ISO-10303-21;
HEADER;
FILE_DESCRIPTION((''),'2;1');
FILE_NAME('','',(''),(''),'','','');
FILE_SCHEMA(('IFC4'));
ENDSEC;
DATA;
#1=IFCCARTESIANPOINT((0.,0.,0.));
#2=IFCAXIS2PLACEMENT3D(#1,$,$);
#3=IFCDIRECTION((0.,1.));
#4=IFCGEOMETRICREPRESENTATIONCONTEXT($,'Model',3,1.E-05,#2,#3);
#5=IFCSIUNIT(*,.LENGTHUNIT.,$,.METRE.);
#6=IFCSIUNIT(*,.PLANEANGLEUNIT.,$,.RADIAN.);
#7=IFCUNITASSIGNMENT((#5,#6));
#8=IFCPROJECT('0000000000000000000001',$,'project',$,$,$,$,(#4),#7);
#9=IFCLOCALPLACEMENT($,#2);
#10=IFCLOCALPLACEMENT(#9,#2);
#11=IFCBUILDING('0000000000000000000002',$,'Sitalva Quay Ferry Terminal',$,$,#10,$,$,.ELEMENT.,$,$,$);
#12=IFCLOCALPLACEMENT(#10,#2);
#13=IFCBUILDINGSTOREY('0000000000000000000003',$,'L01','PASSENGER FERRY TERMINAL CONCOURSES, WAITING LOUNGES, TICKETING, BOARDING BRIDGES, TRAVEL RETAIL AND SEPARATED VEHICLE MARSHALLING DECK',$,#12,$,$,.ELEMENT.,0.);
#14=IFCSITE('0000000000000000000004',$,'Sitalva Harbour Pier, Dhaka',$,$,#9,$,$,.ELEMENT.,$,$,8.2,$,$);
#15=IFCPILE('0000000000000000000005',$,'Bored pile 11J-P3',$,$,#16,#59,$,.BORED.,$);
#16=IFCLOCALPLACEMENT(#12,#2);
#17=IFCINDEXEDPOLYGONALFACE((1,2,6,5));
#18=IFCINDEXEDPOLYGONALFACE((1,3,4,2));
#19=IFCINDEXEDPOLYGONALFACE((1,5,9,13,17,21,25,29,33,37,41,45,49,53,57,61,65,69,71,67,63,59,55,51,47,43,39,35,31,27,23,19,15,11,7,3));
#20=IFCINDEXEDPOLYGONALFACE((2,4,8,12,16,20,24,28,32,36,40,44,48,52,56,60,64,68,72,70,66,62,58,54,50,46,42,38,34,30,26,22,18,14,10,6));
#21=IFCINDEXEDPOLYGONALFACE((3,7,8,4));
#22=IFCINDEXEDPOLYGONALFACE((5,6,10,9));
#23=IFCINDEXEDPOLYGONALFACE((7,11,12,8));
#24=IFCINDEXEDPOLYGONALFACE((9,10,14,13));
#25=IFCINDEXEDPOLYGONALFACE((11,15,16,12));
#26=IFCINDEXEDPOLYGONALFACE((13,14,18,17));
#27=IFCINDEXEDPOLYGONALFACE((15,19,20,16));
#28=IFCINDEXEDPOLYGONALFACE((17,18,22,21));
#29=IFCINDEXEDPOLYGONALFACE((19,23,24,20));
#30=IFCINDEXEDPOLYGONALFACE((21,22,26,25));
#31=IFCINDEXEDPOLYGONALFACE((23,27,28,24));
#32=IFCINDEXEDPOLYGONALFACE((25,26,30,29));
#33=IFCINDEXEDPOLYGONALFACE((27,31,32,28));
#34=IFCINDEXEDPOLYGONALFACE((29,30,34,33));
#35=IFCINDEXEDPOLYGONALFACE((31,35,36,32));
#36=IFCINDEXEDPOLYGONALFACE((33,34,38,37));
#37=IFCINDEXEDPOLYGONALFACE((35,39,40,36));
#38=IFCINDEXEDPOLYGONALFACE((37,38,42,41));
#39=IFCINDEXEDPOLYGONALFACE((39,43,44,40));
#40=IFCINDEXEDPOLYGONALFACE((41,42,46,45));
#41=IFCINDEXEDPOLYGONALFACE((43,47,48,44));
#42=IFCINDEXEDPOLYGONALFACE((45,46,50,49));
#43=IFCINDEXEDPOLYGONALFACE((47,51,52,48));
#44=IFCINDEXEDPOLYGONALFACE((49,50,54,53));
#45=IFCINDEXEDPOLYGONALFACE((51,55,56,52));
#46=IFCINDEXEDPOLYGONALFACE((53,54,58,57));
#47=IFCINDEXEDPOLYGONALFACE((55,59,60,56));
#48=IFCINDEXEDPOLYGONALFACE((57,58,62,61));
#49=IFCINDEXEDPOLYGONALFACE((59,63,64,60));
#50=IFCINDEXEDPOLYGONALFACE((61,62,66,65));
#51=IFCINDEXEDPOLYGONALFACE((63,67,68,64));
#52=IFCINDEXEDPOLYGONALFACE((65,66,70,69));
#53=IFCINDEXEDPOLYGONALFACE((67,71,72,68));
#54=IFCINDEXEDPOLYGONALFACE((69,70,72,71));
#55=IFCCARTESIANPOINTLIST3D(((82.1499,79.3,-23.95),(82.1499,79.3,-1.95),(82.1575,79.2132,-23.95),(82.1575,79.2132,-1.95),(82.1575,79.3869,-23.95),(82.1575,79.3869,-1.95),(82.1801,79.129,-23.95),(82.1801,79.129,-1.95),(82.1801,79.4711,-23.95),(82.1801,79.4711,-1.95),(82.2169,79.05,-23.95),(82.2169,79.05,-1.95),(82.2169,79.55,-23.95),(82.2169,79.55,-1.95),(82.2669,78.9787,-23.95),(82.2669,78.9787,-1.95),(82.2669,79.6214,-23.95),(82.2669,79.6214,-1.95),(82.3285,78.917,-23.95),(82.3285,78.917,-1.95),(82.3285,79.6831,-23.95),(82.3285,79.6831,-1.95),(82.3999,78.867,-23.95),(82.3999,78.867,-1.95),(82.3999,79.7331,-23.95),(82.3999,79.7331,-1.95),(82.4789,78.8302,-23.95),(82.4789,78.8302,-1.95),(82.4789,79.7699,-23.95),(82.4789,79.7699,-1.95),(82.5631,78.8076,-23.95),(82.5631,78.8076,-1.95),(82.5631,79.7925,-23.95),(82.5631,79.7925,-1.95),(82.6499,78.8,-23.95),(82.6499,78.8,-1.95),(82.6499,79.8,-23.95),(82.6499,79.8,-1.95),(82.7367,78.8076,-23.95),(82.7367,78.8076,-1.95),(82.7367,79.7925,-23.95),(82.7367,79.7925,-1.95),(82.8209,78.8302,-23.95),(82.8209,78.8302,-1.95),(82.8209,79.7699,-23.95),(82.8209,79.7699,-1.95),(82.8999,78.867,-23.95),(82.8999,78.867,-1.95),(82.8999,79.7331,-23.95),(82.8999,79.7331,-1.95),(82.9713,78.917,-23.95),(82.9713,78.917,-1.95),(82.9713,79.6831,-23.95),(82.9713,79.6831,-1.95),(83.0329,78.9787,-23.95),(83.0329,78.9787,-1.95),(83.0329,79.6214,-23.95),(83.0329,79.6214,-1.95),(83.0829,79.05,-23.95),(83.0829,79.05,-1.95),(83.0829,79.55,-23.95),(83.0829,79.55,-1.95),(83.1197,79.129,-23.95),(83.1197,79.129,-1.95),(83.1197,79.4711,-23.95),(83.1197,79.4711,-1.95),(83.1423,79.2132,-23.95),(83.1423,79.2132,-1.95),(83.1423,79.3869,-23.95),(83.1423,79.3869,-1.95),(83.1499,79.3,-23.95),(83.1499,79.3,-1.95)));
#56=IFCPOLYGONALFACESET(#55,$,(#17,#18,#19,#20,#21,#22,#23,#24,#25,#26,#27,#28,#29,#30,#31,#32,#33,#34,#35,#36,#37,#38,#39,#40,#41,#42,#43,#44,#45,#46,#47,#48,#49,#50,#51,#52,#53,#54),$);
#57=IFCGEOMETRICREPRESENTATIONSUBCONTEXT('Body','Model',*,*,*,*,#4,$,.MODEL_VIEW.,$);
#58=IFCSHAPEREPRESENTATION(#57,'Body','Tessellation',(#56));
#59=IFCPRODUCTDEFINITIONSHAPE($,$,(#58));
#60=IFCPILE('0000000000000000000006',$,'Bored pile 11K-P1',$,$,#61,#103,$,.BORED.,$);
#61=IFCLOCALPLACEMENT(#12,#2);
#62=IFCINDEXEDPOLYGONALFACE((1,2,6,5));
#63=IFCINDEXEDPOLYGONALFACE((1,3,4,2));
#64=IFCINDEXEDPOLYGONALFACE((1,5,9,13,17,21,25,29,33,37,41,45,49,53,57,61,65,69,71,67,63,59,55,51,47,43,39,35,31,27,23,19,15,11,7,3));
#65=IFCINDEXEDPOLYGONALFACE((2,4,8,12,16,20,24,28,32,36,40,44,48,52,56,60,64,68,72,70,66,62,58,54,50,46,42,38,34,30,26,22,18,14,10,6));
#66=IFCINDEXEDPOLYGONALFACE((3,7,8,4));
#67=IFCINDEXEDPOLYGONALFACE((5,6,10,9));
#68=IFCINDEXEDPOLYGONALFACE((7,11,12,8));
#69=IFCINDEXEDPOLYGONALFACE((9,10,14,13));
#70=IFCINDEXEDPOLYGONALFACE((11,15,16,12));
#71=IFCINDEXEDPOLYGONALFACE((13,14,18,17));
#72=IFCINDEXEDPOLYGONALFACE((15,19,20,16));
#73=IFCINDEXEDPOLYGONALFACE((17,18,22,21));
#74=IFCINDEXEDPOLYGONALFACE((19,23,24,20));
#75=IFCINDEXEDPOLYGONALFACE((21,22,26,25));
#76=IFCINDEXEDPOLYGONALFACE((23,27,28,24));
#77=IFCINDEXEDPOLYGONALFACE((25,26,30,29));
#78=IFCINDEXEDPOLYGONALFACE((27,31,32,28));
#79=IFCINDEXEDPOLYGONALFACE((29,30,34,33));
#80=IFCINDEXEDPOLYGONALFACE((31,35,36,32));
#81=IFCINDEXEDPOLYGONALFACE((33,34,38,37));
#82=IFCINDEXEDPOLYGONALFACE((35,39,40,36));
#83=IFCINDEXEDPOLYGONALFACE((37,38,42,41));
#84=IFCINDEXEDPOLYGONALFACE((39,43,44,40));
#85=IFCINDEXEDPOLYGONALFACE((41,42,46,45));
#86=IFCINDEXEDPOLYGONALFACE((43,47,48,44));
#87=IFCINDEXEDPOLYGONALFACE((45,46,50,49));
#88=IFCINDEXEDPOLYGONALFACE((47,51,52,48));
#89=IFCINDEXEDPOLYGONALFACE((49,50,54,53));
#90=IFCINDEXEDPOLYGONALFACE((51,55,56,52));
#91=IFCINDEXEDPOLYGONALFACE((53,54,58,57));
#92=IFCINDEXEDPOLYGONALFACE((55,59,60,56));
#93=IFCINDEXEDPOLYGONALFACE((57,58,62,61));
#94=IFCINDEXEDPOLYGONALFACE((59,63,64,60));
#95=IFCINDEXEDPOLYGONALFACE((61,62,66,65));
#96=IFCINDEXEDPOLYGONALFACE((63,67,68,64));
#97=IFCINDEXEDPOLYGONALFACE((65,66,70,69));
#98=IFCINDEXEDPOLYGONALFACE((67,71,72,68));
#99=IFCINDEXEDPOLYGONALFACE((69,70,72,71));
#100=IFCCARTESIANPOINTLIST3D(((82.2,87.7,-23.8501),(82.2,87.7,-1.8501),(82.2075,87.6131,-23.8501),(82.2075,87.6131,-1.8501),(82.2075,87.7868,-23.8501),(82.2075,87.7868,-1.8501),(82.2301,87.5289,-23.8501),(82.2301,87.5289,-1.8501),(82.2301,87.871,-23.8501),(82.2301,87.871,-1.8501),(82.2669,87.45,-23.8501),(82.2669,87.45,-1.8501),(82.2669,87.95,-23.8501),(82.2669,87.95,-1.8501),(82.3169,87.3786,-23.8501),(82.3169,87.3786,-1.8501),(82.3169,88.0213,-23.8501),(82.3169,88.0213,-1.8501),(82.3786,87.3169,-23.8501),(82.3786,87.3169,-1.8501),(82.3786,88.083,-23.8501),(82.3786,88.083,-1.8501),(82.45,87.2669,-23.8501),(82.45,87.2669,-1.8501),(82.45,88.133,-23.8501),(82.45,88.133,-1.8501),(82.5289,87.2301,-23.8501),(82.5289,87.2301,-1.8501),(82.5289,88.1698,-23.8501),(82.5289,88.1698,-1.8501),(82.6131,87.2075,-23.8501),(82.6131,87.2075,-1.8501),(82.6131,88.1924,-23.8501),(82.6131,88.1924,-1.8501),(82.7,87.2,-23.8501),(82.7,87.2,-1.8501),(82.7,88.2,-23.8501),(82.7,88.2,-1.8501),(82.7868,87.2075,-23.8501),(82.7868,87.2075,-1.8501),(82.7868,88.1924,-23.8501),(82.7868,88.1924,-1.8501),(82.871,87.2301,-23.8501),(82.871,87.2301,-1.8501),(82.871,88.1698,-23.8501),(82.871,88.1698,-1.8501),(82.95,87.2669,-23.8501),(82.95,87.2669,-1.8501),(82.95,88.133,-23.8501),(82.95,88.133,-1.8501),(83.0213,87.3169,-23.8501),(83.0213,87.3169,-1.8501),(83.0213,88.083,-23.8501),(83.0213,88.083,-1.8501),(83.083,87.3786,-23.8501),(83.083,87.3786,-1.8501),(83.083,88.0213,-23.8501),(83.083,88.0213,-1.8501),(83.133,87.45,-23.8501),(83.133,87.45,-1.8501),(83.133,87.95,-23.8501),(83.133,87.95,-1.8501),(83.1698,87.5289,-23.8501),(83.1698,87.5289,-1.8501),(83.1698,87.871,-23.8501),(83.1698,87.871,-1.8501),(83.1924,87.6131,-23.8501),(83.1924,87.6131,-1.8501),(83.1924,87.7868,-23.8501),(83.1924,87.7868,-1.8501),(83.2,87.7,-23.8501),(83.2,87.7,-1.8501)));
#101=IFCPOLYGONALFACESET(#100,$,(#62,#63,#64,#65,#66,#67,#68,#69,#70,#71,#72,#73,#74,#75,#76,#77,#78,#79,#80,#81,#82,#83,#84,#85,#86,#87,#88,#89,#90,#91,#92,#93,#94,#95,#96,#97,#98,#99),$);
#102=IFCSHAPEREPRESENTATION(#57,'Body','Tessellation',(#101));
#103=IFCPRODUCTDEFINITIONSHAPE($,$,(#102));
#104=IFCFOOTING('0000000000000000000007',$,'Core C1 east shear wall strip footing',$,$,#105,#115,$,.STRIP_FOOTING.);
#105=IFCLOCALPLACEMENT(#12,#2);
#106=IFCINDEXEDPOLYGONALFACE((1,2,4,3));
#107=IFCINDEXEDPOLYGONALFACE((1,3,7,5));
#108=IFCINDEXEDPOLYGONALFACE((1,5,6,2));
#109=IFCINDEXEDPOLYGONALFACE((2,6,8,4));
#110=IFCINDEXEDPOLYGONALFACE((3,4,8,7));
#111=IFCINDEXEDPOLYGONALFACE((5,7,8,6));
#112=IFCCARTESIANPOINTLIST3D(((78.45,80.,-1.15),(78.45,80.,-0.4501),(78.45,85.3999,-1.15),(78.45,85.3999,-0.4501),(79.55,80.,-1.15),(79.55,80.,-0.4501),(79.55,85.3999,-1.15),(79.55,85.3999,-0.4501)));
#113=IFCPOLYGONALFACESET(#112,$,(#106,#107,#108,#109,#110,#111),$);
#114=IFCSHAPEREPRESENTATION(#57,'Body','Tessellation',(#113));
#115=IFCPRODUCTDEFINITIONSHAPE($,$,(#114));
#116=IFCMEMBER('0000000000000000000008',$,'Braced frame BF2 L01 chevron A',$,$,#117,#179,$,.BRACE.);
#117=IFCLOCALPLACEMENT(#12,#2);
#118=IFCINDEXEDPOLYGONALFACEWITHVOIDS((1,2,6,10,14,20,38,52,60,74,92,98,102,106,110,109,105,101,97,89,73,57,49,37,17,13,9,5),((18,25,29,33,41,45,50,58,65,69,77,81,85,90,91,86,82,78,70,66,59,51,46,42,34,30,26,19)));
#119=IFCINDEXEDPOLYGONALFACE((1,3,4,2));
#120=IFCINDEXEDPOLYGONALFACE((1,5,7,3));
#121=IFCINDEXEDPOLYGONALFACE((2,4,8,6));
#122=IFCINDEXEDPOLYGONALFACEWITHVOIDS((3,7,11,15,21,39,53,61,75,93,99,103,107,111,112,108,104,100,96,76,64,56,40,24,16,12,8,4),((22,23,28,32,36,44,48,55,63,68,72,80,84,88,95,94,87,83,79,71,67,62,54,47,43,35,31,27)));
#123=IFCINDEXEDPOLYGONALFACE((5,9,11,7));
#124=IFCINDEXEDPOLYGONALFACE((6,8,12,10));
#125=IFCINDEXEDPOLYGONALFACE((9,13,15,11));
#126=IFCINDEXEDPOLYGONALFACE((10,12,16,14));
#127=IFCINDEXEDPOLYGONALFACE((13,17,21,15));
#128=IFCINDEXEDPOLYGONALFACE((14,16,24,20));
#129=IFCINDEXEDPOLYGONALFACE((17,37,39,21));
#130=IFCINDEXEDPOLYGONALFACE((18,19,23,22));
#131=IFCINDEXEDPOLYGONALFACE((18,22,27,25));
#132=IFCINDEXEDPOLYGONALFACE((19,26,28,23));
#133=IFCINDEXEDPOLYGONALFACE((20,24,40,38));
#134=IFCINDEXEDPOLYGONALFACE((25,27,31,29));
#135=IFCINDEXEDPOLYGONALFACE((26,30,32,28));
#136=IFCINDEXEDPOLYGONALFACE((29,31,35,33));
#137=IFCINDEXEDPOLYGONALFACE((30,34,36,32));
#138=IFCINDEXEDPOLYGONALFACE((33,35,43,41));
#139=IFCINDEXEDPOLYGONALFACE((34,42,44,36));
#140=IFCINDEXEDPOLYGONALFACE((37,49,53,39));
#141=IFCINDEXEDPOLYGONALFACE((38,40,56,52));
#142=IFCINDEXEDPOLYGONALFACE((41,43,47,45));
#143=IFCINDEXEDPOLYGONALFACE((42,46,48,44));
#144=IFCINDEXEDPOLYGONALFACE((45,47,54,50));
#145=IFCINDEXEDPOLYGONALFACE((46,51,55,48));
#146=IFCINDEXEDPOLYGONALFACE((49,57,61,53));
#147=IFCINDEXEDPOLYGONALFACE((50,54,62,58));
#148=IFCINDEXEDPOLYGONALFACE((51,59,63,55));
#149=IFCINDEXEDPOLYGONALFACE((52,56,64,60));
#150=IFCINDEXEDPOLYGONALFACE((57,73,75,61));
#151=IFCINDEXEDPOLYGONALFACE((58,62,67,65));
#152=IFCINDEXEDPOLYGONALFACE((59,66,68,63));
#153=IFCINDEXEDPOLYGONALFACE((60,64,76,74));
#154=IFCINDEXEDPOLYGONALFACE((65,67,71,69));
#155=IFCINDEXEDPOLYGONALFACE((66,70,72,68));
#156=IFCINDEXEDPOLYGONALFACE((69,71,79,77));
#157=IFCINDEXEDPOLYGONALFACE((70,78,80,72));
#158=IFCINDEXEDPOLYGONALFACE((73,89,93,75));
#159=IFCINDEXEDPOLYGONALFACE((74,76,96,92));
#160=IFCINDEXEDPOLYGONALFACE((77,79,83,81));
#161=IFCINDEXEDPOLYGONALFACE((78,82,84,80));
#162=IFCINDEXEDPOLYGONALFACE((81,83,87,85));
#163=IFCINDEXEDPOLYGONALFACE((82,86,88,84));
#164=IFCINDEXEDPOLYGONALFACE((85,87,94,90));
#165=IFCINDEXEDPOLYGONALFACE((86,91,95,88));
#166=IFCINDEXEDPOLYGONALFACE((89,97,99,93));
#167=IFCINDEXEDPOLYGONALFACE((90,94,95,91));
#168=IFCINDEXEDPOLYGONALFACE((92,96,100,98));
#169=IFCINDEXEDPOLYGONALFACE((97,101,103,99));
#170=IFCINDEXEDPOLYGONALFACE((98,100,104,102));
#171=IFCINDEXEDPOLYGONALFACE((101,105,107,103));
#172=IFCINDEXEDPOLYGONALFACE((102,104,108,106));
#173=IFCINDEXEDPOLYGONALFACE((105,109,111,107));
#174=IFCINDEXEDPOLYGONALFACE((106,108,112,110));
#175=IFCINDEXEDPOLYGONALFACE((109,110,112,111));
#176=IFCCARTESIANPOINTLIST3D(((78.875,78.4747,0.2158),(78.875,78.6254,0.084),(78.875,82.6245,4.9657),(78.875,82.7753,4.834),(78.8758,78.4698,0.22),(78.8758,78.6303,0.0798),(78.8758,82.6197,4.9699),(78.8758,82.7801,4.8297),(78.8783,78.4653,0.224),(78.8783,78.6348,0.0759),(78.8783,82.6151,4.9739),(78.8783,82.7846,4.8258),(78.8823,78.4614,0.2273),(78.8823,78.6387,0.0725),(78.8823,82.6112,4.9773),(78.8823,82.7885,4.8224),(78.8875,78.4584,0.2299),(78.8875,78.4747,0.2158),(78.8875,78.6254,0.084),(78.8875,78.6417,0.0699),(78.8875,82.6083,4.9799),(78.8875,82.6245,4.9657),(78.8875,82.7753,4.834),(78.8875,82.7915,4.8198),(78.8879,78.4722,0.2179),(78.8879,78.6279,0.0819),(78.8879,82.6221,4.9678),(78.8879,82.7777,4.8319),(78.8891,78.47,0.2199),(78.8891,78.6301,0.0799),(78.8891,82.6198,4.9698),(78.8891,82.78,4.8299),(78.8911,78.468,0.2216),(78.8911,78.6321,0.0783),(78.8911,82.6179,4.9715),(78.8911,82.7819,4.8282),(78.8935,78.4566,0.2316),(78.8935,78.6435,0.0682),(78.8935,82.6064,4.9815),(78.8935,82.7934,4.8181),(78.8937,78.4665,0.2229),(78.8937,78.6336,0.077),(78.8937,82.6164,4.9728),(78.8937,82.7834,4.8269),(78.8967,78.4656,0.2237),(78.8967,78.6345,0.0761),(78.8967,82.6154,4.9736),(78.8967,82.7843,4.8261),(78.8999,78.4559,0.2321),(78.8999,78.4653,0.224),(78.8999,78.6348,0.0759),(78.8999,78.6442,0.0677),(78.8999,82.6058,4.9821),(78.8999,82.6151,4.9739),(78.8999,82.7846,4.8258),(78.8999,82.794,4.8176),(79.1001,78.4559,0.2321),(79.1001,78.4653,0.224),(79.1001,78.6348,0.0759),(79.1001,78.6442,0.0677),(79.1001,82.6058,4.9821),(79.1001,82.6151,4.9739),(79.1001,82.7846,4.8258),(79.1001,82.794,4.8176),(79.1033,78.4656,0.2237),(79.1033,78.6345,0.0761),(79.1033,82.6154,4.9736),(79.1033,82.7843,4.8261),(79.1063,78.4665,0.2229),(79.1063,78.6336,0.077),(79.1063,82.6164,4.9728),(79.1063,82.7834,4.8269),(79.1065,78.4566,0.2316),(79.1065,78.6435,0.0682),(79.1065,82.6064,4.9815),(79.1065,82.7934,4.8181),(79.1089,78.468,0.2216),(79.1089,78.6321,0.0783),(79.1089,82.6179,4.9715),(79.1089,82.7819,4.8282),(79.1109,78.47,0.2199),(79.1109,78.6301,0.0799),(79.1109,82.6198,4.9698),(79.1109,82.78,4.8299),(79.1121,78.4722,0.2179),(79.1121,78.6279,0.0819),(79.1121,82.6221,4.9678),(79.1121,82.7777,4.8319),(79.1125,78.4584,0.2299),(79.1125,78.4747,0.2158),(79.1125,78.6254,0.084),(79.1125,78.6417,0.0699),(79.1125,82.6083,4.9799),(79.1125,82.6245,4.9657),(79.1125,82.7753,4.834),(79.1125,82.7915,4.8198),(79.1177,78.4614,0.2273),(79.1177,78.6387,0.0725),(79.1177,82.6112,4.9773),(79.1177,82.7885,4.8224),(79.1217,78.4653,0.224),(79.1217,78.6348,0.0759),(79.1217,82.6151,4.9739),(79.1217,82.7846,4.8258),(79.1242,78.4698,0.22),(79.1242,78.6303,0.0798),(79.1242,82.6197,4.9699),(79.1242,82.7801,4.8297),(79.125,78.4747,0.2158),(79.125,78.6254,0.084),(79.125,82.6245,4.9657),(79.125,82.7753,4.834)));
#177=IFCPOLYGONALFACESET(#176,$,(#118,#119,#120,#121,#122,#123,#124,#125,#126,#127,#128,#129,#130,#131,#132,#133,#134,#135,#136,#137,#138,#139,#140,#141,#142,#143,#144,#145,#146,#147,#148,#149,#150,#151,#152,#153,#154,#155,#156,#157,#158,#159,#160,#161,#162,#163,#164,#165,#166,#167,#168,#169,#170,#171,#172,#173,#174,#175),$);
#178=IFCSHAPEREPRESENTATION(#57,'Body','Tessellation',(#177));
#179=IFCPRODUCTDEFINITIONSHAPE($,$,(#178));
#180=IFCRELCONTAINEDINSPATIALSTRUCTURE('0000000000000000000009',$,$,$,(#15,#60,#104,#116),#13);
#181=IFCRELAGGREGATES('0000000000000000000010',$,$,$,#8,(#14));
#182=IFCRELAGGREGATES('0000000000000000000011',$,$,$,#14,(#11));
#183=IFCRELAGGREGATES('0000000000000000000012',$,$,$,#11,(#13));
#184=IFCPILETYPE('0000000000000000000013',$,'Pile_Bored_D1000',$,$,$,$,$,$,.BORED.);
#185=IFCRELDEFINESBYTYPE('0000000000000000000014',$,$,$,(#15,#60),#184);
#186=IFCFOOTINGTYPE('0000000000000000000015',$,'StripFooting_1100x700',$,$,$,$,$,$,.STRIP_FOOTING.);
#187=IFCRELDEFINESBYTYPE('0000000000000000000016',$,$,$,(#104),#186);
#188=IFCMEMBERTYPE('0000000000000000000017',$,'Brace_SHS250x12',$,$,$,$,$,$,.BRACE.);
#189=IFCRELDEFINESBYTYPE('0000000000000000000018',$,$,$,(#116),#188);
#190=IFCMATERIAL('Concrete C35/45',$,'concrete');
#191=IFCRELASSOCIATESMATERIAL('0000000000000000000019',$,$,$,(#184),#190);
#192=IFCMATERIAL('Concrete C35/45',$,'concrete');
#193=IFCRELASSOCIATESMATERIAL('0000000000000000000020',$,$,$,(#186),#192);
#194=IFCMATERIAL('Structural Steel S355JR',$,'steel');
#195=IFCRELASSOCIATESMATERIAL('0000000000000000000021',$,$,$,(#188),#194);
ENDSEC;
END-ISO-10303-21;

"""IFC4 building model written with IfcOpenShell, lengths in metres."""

from ifc_helpers import new_model, si_unit, direction, frame, origin, origin_2d, place, context, subcontext, project, spatial, rectangle, hollow_rectangle, circle, extrude, material, material_profile, profile_set, type_object, element, save


model = new_model("IFC4")

# Units and contexts
model_context = context("Model", 3, precision=1e-05, world=origin(), true_north=direction((0.0, 1.0)))
body_context = subcontext(model_context, "Body", "Model", "MODEL_VIEW")
ifc_project = project(units=[si_unit("LENGTHUNIT", "METRE"), si_unit("PLANEANGLEUNIT", "RADIAN")], contexts=[model_context])

# Site, building, storey
site_placement = place(None, origin())
site = spatial("IfcSite", under=ifc_project, at=site_placement, Name="Sitalva Harbour Pier, Dhaka", CompositionType="ELEMENT", RefElevation=8.2)
building_placement = place(site_placement, origin())
building = spatial("IfcBuilding", under=site, at=building_placement, Name="Sitalva Quay Ferry Terminal", CompositionType="ELEMENT")
storey_placement = place(building_placement, origin())
storey = spatial("IfcBuildingStorey", under=building, at=storey_placement, Name="L01", Description="PASSENGER FERRY TERMINAL CONCOURSES, WAITING LOUNGES, TICKETING, BOARDING BRIDGES, TRAVEL RETAIL AND SEPARATED VEHICLE MARSHALLING DECK", CompositionType="ELEMENT", Elevation=0.0)

# Piles
ifc_material_1 = material(Name="Concrete C35/45", Category="concrete")
ifc_material_profile_1 = material_profile(ifc_material_1, circle(Radius=0.5, at=origin_2d()), Name="PILE-D1000")
ifc_profile_set_1 = profile_set([ifc_material_profile_1], Name="Concrete C35/45")
pile_type = type_object("IfcPileType", Name="Pile_Bored_D1000", PredefinedType="BORED", material=ifc_profile_set_1)
for number, where, z_axis, x_axis, name in (
    (1, (82.6499, 79.3, -1.95), (0.0, 0.0, -1.0), (1.0, 0.0, 0.0), "Bored pile 11J-P3"),
    (2, (82.7, 87.7, -1.8501), (0.0, 0.0, -1.0), (1.0, 0.0, 0.0), "Bored pile 11K-P1"),
):
    element("IfcPile", number, at=place(storey_placement, frame(where, z_axis=z_axis, x_axis=x_axis)), inside=storey, type_object=pile_type, Name=name, PredefinedType="BORED", context=body_context, shape_type="SweptSolid", body=[
        extrude(circle(Radius=0.5, at=origin_2d()), origin(), (0.0, 0.0, 1.0), 22.0),
    ])

# Footing
ifc_material_2 = material(Name="Concrete C35/45", Category="concrete")
ifc_material_profile_2 = material_profile(ifc_material_2, rectangle(XDim=1.1001, YDim=0.7, at=origin_2d()), Name="RC1100x700")
ifc_profile_set_2 = profile_set([ifc_material_profile_2], Name="Concrete C35/45")
footing_type = type_object("IfcFootingType", Name="StripFooting_1100x700", PredefinedType="STRIP_FOOTING", material=ifc_profile_set_2)
footing_placement = place(storey_placement, frame((79.0, 80.0, -0.8), z_axis=(0.0, 1.0, 0.0), x_axis=(-1.0, 0.0, 0.0)))
element("IfcFooting", 3, at=footing_placement, inside=storey, type_object=footing_type, Name="Core C1 east shear wall strip footing", PredefinedType="STRIP_FOOTING", context=body_context, shape_type="SweptSolid", body=[
    extrude(rectangle(XDim=1.1001, YDim=0.7, at=origin_2d()), origin(), (0.0, 0.0, 1.0), 5.3999),
])

# Member
ifc_material_3 = material(Name="Structural Steel S355JR", Category="steel")
ifc_material_profile_3 = material_profile(ifc_material_3, hollow_rectangle(XDim=0.25, YDim=0.25, WallThickness=0.0125, InnerFilletRadius=0.0125, OuterFilletRadius=0.0249, at=origin_2d()), Name="SHS250x250x12.5")
ifc_profile_set_3 = profile_set([ifc_material_profile_3], Name="Structural Steel S355JR")
member_type = type_object("IfcMemberType", Name="Brace_SHS250x12", PredefinedType="BRACE", material=ifc_profile_set_3)
member_1_placement = place(storey_placement, frame((79.0, 78.55, 0.1499), z_axis=(0.0, 0.657934, 0.753075), x_axis=(-1.0, 0.0, 0.0)))
element("IfcMember", 4, at=member_1_placement, inside=storey, type_object=member_type, Name="Braced frame BF2 L01 chevron A", PredefinedType="BRACE", context=body_context, shape_type="SweptSolid", body=[
    extrude(hollow_rectangle(XDim=0.25, YDim=0.25, WallThickness=0.0125, InnerFilletRadius=0.0125, OuterFilletRadius=0.0249, at=origin_2d()), origin(), (0.0, 0.0, 1.0), 6.3074),
])

save(model, "model.ifc")
